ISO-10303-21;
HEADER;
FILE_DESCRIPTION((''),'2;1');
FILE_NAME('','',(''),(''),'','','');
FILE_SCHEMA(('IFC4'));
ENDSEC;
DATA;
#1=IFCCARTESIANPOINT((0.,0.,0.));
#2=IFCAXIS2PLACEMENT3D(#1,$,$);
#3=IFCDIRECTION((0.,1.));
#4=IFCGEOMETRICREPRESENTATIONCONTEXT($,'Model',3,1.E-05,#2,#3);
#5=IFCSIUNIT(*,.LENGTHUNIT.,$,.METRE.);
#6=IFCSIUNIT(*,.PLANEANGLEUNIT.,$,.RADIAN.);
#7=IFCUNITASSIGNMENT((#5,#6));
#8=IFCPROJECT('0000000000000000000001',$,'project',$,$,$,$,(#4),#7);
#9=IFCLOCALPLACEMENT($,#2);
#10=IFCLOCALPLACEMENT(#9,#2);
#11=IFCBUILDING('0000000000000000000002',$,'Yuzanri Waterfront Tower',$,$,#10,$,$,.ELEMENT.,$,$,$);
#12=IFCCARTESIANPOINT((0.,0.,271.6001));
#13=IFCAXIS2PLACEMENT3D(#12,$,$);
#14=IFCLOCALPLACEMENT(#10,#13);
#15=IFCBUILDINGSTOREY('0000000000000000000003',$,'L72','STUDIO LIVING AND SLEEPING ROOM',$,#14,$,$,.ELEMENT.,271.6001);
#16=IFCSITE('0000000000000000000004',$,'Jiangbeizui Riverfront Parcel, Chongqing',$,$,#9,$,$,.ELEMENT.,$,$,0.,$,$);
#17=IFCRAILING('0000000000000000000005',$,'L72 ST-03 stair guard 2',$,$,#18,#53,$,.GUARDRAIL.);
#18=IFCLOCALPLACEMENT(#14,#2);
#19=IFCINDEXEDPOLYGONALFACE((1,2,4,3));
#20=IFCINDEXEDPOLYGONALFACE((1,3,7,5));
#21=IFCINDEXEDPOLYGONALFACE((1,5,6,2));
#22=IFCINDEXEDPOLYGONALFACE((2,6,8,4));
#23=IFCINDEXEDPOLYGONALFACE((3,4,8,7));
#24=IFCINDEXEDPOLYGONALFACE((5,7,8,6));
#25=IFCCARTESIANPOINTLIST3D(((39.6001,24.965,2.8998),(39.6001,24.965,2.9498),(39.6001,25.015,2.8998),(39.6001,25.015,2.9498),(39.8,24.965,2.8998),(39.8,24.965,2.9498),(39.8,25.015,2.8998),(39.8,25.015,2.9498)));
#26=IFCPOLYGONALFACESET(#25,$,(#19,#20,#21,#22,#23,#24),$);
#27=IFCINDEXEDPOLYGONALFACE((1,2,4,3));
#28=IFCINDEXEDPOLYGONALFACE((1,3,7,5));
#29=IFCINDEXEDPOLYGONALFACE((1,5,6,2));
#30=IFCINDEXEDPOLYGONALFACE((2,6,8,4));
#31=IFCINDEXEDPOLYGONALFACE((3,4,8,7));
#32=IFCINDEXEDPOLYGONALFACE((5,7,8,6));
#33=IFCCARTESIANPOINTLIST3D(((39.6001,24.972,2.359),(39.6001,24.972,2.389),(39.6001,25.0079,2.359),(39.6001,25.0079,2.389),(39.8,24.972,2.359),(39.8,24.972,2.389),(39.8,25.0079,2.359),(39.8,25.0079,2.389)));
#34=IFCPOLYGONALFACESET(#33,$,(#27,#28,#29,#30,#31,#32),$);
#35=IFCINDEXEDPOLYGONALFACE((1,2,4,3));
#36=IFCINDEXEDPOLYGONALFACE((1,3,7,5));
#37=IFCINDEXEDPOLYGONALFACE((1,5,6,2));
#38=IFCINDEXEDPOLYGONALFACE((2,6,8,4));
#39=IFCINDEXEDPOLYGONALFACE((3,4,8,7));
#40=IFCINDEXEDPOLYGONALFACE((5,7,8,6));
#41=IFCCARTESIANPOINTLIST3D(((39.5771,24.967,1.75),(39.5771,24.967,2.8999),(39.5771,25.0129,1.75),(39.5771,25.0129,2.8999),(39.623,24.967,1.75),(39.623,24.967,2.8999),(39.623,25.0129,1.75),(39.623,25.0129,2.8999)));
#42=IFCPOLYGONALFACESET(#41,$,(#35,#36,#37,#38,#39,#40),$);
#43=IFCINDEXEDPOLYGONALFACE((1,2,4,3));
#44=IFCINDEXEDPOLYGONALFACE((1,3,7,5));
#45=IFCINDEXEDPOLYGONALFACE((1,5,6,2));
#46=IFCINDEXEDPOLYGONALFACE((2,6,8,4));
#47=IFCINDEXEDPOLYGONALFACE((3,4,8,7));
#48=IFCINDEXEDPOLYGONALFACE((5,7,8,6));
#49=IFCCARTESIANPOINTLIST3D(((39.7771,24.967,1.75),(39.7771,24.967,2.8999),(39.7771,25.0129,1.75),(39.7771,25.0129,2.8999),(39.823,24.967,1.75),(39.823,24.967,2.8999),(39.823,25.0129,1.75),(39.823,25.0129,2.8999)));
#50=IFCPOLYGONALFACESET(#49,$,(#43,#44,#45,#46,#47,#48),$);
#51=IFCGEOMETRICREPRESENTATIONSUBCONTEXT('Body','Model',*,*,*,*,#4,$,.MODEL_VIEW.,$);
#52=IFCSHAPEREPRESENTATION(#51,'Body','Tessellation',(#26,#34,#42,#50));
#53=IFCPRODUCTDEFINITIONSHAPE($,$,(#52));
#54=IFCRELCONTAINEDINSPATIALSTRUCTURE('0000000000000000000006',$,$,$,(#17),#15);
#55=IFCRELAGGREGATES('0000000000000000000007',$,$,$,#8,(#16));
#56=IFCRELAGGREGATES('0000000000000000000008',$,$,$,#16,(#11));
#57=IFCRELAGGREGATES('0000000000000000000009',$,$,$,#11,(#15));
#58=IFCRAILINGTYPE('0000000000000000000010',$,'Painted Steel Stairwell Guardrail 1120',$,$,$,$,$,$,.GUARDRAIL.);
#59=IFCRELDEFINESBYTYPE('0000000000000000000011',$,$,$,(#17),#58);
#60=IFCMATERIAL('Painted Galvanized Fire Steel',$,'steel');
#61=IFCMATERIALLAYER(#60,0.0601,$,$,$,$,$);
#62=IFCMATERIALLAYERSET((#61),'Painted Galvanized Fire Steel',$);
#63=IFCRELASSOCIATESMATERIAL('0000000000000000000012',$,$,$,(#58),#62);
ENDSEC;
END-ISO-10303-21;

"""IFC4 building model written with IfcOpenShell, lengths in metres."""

from ifc_helpers import new_model, si_unit, direction, frame, origin, origin_2d, place, context, subcontext, project, spatial, rectangle, extrude, source, transform, mapped, material, layer, layer_set, type_object, element, save


model = new_model("IFC4")

# Units and contexts
model_context = context("Model", 3, precision=1e-05, world=origin(), true_north=direction((0.0, 1.0)))
body_context = subcontext(model_context, "Body", "Model", "MODEL_VIEW")
ifc_project = project(units=[si_unit("LENGTHUNIT", "METRE"), si_unit("PLANEANGLEUNIT", "RADIAN")], contexts=[model_context])

# Site, building, storey
site_placement = place(None, origin())
site = spatial("IfcSite", under=ifc_project, at=site_placement, Name="Jiangbeizui Riverfront Parcel, Chongqing", CompositionType="ELEMENT", RefElevation=0.0)
building_placement = place(site_placement, origin())
building = spatial("IfcBuilding", under=site, at=building_placement, Name="Yuzanri Waterfront Tower", CompositionType="ELEMENT")
storey_placement = place(building_placement, frame((0.0, 0.0, 271.6001)))
storey = spatial("IfcBuildingStorey", under=building, at=storey_placement, Name="L72", Description="STUDIO LIVING AND SLEEPING ROOM", CompositionType="ELEMENT", Elevation=271.6001)

# Railing
ifc_material_1 = material(Name="Painted Galvanized Fire Steel", Category="steel")
ifc_layer_1 = layer(ifc_material_1, 0.0601)
ifc_layer_set_1 = layer_set([ifc_layer_1], Name="Painted Galvanized Fire Steel")
railing_type = type_object("IfcRailingType", Name="Painted Steel Stairwell Guardrail 1120", PredefinedType="GUARDRAIL", material=ifc_layer_set_1)
shared_shape_1 = source(origin(), body_context, "Body", "SweptSolid", [
    extrude(rectangle(XDim=0.05, YDim=0.05, at=origin_2d()), frame((0.0, 0.0, 1.1748), z_axis=(1.0, 0.0, 0.0), x_axis=(0.0, 1.0, 0.0)), (0.0, 0.0, 1.0), 0.2),
    extrude(rectangle(XDim=0.0359, YDim=0.03, at=origin_2d()), frame((0.0, 0.0, 0.624), z_axis=(1.0, 0.0, 0.0), x_axis=(0.0, 1.0, 0.0)), (0.0, 0.0, 1.0), 0.2),
    extrude(rectangle(XDim=0.0459, YDim=0.0459, at=origin_2d()), origin(), (0.0, 0.0, 1.0), 1.1499),
    extrude(rectangle(XDim=0.0459, YDim=0.0459, at=origin_2d()), frame((0.2, 0.0, 0.0)), (0.0, 0.0, 1.0), 1.1499),
])
railing_1_placement = place(storey_placement, frame((39.6001, 24.99, 1.75)))
element("IfcRailing", 1, at=railing_1_placement, inside=storey, type_object=railing_type, Name="L72 ST-03 stair guard 2", PredefinedType="GUARDRAIL", context=body_context, shape_type="MappedRepresentation", body=[
    mapped(shared_shape_1, transform((0.0, 0.0, 0.0), scale=1.0)),
])

save(model, "model.ifc")
